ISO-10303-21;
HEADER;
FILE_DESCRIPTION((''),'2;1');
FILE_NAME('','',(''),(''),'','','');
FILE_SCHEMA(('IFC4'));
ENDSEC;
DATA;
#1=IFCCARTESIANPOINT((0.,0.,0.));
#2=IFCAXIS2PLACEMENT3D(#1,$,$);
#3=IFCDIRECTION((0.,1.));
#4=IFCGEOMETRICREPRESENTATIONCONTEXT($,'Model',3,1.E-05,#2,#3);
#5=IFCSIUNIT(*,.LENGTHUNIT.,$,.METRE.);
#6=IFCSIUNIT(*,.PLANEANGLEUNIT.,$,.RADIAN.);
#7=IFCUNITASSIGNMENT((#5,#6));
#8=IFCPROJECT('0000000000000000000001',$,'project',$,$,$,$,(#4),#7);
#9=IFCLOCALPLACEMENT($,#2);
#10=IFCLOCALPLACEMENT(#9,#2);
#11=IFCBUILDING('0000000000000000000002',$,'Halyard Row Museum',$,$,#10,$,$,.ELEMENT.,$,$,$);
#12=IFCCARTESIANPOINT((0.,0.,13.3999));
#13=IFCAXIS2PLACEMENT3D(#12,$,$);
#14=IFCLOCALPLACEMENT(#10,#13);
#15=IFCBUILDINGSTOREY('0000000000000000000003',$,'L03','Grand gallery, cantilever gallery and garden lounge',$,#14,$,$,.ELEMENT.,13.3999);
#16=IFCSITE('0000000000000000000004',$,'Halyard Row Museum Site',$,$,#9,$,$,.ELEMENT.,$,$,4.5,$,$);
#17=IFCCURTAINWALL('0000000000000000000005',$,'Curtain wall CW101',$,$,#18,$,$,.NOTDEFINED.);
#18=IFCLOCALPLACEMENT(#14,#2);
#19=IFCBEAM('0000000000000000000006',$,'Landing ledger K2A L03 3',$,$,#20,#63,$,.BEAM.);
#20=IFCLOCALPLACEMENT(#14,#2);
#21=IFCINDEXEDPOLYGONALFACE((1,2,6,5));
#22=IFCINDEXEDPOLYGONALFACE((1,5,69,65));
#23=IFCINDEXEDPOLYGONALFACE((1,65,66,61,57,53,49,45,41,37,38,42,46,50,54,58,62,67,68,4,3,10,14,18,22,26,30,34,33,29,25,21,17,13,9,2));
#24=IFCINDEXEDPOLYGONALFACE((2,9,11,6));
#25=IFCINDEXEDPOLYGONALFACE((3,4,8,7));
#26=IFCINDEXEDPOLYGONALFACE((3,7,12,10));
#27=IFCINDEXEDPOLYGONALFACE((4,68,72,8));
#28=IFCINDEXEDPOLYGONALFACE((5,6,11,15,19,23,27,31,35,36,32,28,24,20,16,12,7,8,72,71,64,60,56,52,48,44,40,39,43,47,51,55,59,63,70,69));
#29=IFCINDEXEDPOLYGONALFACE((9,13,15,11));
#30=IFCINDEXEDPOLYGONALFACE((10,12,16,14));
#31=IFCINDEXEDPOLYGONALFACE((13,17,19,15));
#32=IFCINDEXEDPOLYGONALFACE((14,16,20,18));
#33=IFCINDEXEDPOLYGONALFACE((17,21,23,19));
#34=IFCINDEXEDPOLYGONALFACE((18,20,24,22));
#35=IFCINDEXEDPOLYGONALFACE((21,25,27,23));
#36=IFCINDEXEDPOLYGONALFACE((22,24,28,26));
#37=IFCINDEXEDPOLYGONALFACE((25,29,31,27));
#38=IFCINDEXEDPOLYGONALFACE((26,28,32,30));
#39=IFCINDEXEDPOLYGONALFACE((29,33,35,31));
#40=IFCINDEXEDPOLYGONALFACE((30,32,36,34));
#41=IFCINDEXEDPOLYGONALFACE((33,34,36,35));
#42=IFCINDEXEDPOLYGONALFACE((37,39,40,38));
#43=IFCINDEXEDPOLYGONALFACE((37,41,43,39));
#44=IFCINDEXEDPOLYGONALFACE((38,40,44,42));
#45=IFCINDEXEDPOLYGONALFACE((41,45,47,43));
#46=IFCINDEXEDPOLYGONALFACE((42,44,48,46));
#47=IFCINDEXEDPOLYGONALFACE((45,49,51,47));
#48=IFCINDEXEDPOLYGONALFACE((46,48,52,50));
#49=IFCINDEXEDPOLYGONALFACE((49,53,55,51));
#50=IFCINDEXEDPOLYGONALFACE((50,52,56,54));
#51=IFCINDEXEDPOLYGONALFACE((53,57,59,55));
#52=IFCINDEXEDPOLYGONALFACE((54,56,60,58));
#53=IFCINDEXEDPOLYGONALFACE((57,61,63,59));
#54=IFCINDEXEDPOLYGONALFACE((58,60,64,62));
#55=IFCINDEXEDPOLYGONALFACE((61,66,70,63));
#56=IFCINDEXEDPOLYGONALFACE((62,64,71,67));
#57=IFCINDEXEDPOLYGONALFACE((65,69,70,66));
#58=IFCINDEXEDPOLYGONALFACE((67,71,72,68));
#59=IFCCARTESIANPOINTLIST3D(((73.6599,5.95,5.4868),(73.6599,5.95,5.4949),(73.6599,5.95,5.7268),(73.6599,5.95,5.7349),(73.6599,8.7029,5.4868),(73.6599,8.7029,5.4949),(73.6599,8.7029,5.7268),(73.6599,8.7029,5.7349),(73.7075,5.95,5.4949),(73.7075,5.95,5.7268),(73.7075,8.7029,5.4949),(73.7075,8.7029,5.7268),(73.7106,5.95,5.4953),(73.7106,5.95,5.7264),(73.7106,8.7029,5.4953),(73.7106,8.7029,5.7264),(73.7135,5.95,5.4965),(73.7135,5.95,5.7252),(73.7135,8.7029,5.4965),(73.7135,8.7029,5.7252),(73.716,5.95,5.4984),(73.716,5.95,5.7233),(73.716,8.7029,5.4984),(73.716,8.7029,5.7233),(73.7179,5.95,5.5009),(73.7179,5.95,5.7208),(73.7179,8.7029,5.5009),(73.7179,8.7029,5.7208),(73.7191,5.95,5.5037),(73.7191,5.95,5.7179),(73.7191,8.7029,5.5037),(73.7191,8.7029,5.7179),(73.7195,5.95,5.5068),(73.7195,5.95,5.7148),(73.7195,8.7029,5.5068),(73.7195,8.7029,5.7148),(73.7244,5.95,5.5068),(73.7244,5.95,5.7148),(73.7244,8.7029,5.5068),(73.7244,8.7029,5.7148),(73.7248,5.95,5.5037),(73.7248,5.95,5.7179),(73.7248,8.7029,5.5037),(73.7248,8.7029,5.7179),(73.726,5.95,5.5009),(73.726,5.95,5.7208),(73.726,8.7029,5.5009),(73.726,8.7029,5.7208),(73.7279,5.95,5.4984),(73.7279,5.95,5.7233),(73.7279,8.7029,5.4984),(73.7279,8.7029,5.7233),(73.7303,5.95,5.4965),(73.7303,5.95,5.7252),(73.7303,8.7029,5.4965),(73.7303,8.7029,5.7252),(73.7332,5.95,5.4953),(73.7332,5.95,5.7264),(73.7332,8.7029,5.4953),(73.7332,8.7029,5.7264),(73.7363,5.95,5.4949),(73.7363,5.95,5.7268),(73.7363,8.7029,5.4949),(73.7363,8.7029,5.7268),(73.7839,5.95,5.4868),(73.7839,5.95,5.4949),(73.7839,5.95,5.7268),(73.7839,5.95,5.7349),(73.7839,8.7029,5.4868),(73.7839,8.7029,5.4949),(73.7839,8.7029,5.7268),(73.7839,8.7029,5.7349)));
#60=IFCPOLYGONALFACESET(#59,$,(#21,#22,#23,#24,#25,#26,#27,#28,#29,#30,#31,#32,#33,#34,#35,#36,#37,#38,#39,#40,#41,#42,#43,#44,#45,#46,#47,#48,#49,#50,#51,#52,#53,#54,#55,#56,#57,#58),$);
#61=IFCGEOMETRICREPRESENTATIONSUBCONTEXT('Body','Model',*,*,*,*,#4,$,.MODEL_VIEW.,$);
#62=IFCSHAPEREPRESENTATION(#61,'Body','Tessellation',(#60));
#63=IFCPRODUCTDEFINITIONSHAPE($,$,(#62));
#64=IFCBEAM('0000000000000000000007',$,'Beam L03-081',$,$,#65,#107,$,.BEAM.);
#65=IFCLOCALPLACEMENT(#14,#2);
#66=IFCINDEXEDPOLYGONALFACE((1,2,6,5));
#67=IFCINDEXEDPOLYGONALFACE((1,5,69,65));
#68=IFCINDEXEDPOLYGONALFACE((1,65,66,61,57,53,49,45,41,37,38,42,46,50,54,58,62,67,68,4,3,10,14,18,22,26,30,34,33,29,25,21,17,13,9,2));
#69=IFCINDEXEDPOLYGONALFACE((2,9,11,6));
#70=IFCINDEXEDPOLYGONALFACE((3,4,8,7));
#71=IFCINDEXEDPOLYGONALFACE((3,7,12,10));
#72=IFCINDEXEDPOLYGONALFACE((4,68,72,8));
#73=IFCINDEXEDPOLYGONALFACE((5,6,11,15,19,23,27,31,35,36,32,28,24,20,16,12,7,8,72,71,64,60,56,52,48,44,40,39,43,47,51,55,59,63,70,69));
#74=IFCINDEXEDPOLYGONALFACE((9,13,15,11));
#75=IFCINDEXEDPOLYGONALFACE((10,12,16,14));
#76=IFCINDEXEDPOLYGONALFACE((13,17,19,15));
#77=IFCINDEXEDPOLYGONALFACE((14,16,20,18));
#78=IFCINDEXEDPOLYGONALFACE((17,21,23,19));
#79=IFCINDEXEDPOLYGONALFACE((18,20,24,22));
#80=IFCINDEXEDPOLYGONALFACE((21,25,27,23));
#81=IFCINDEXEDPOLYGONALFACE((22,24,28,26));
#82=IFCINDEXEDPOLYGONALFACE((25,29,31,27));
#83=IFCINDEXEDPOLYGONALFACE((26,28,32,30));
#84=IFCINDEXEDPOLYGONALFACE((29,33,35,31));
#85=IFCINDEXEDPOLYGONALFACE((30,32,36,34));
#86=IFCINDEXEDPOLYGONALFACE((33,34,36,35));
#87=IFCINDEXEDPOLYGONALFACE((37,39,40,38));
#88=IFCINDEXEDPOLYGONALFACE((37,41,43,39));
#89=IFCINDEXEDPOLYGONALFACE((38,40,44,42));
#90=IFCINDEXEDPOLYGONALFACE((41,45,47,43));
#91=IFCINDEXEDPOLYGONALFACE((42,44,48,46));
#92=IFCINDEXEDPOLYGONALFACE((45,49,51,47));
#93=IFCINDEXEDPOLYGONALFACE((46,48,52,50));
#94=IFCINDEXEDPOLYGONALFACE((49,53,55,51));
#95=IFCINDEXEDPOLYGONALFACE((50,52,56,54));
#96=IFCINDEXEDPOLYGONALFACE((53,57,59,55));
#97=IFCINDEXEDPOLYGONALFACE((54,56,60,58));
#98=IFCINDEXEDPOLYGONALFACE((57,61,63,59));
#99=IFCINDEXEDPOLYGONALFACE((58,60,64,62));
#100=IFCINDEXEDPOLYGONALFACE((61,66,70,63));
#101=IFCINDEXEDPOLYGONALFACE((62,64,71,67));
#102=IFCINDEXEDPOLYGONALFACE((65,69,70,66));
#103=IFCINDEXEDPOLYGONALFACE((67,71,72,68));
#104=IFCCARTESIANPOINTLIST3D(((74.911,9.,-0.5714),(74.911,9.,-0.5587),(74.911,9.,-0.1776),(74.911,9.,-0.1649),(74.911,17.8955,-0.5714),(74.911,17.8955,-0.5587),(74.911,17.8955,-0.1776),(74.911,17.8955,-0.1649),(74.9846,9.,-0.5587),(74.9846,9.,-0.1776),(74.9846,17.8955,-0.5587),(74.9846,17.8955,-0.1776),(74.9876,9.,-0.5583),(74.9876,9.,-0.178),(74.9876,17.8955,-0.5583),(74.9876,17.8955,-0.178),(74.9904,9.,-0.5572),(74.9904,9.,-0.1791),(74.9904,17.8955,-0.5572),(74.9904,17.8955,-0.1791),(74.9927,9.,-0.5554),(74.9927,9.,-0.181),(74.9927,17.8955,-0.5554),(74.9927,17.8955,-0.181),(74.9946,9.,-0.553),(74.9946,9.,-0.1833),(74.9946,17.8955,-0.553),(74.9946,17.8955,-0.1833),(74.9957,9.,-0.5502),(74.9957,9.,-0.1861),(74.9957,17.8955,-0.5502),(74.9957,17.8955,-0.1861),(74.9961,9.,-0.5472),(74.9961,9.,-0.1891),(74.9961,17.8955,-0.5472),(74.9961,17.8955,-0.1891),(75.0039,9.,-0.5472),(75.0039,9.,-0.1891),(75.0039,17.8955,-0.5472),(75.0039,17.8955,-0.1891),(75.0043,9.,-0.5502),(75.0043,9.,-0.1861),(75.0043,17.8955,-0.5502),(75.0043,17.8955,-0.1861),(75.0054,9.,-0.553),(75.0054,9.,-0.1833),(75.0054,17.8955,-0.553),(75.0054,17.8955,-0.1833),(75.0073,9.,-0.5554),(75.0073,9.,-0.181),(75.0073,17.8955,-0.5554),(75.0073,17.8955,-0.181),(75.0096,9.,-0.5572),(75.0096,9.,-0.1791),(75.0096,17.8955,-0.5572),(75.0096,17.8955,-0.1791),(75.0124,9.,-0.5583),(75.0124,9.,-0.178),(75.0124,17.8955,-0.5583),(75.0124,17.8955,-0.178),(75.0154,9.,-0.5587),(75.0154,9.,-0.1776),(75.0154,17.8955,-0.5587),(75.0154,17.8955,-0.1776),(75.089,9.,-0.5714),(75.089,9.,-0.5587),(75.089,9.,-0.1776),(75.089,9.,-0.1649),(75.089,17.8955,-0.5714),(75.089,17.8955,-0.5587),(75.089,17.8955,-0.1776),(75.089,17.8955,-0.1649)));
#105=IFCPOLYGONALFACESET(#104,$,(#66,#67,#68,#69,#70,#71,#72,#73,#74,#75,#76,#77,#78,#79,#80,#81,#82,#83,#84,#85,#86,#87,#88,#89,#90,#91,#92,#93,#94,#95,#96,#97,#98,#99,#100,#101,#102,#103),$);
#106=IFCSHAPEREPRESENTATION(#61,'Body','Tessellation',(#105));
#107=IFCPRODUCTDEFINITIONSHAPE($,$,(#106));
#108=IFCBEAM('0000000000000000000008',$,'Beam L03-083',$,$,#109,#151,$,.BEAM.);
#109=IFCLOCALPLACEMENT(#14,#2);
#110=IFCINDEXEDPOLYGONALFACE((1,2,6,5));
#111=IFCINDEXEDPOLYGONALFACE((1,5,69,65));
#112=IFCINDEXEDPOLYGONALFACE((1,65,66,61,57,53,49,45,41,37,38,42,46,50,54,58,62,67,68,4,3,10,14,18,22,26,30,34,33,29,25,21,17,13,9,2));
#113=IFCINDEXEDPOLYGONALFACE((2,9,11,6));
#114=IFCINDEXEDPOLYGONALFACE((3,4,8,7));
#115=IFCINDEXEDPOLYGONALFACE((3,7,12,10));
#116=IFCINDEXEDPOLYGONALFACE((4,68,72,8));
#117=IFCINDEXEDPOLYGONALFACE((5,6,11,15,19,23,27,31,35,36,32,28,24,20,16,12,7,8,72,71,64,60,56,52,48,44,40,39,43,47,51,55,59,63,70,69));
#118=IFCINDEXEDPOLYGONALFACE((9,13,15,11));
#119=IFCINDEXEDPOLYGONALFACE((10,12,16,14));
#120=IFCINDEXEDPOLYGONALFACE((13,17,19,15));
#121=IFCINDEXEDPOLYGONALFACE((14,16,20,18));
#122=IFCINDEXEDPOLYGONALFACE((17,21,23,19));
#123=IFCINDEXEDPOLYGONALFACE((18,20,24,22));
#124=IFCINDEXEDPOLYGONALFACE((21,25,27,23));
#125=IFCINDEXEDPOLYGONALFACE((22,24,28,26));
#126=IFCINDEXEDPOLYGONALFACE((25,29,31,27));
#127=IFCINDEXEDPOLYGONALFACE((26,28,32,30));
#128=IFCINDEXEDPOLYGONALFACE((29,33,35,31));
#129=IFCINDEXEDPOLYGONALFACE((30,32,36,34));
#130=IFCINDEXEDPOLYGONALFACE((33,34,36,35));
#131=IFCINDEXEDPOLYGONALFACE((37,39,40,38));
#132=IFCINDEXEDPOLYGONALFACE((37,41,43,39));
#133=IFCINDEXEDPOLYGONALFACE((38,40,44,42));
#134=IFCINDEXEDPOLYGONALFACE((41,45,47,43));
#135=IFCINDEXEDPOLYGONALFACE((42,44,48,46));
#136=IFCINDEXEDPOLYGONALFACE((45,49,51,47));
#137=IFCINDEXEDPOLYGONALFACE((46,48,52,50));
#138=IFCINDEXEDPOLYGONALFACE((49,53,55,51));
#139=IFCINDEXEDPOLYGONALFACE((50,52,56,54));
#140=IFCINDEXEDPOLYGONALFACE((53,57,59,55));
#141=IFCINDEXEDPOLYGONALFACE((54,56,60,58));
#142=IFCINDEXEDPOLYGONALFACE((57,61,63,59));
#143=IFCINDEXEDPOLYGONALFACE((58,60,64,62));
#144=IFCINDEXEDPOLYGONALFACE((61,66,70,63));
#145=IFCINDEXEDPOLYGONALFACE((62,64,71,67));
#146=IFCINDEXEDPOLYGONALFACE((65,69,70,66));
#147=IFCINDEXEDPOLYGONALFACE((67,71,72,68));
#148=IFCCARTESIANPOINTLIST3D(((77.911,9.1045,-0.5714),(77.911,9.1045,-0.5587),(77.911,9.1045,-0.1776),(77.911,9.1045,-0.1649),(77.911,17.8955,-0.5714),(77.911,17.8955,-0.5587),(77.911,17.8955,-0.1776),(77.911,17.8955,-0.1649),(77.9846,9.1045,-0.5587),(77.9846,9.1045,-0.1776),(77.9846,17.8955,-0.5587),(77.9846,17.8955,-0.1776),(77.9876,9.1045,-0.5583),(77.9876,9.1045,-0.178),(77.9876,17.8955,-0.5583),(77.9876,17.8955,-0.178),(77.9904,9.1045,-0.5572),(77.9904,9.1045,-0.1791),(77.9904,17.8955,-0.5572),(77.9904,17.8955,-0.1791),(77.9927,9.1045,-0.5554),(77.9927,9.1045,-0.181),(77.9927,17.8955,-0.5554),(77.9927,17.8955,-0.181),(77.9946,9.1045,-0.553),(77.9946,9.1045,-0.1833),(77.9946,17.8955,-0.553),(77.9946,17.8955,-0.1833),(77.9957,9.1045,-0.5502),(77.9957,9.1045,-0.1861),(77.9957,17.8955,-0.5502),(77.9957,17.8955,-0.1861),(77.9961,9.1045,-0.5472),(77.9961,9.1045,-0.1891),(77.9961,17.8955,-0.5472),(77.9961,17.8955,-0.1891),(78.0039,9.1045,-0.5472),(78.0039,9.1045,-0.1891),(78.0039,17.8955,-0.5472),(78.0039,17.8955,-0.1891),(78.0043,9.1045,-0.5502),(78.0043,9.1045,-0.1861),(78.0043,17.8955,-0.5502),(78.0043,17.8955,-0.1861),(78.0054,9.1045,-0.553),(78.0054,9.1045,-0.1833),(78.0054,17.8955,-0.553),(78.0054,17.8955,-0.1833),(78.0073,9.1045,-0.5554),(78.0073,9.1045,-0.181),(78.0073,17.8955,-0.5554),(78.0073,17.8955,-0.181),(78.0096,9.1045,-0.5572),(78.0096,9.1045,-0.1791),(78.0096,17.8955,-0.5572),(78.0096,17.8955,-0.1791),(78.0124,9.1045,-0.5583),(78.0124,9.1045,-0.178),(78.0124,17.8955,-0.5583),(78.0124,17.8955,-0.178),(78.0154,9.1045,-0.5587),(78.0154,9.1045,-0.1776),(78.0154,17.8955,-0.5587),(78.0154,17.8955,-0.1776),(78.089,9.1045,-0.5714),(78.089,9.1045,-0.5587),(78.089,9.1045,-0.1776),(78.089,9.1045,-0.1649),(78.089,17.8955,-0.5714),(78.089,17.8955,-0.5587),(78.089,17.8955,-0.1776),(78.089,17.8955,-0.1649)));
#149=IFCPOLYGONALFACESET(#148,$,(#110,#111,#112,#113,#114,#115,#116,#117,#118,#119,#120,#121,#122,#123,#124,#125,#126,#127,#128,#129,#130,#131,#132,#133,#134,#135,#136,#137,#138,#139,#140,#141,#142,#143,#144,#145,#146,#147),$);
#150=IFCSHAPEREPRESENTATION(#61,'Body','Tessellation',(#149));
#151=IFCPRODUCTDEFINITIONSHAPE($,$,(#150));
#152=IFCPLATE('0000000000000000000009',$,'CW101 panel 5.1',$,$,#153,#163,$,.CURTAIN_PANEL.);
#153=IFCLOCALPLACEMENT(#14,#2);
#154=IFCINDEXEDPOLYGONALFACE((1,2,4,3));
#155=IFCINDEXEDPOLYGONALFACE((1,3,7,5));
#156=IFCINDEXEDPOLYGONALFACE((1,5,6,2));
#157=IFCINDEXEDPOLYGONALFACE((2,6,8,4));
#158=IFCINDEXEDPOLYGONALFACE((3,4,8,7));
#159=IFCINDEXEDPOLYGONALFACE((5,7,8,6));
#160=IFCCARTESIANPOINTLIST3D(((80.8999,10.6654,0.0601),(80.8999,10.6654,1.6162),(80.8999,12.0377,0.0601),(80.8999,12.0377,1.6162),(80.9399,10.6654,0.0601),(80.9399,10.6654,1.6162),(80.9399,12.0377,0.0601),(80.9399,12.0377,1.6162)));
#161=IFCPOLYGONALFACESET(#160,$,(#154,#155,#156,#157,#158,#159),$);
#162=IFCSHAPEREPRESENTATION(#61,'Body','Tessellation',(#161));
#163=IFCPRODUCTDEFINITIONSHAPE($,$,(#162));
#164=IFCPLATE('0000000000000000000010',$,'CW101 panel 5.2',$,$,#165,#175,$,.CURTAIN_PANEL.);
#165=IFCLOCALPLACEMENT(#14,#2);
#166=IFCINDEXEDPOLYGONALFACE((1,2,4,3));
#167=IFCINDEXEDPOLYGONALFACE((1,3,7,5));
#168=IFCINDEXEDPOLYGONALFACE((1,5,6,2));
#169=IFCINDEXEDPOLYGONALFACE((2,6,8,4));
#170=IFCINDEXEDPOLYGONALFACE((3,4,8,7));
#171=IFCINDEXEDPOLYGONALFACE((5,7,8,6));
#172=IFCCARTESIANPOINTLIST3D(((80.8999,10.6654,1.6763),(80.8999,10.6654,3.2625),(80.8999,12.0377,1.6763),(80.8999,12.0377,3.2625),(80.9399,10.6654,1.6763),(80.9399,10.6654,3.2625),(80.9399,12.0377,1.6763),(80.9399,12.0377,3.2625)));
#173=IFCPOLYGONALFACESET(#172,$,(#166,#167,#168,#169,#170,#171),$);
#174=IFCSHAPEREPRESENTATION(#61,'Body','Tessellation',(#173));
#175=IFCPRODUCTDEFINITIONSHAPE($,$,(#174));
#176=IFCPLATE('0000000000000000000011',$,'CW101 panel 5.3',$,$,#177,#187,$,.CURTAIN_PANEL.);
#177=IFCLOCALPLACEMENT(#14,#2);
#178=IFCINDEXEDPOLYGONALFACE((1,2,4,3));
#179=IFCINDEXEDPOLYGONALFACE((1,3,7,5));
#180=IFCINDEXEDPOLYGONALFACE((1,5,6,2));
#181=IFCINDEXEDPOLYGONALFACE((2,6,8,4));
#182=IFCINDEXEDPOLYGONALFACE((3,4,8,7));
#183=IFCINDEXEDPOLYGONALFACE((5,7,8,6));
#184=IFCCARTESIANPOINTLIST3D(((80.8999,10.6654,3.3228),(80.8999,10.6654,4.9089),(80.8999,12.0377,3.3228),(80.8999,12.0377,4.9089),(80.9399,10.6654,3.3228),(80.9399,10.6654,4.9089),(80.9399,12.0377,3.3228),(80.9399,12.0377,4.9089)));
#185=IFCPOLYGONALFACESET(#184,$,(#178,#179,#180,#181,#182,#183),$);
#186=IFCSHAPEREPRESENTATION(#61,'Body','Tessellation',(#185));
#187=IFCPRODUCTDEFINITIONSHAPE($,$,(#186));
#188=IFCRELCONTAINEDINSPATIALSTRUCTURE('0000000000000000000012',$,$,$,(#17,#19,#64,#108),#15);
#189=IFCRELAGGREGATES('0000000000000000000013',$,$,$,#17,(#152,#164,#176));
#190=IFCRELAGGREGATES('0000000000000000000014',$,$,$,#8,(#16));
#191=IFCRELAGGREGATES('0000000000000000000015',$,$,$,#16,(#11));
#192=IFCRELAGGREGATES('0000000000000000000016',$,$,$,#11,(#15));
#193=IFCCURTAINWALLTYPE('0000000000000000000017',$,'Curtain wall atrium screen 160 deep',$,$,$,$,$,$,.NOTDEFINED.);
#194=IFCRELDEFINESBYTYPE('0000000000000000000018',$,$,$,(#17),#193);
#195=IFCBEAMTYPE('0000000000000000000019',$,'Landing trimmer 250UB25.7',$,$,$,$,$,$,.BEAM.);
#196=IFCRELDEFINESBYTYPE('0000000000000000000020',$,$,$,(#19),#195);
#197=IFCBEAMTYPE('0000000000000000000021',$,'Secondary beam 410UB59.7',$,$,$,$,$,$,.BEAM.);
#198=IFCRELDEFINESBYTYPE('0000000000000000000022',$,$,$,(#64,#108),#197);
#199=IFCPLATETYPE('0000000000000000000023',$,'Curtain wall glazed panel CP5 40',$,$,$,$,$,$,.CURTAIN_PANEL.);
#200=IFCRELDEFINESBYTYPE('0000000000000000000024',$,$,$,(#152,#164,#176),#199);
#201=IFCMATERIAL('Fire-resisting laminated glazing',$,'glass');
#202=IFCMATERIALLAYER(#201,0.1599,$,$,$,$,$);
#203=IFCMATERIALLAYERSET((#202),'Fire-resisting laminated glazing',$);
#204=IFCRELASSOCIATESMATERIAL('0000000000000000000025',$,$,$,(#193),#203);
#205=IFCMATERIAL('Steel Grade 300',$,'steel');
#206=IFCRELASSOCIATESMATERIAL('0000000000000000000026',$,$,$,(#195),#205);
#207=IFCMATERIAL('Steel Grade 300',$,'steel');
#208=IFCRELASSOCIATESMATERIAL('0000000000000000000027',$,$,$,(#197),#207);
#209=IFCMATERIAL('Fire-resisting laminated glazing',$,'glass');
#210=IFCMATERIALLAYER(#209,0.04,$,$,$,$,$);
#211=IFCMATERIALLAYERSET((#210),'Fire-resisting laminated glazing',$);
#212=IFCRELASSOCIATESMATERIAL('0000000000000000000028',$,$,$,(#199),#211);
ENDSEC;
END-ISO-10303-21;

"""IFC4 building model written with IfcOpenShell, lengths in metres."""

from ifc_helpers import new_model, si_unit, direction, frame, origin, origin_2d, place, context, subcontext, project, spatial, rectangle, i_section, extrude, material, layer, layer_set, material_profile, profile_set, type_object, element, aggregate, save


model = new_model("IFC4")

# Units and contexts
model_context = context("Model", 3, precision=1e-05, world=origin(), true_north=direction((0.0, 1.0)))
body_context = subcontext(model_context, "Body", "Model", "MODEL_VIEW")
ifc_project = project(units=[si_unit("LENGTHUNIT", "METRE"), si_unit("PLANEANGLEUNIT", "RADIAN")], contexts=[model_context])

# Site, building, storey
site_placement = place(None, origin())
site = spatial("IfcSite", under=ifc_project, at=site_placement, Name="Halyard Row Museum Site", CompositionType="ELEMENT", RefElevation=4.5)
building_placement = place(site_placement, origin())
building = spatial("IfcBuilding", under=site, at=building_placement, Name="Halyard Row Museum", CompositionType="ELEMENT")
storey_placement = place(building_placement, frame((0.0, 0.0, 13.3999)))
storey = spatial("IfcBuildingStorey", under=building, at=storey_placement, Name="L03", Description="Grand gallery, cantilever gallery and garden lounge", CompositionType="ELEMENT", Elevation=13.3999)

# Curtain wall
ifc_material_1 = material(Name="Fire-resisting laminated glazing", Category="glass")
ifc_layer_1 = layer(ifc_material_1, 0.1599)
ifc_layer_set_1 = layer_set([ifc_layer_1], Name="Fire-resisting laminated glazing")
curtain_wall_type = type_object("IfcCurtainWallType", Name="Curtain wall atrium screen 160 deep", PredefinedType="NOTDEFINED", material=ifc_layer_set_1)
curtain_wall_placement = place(storey_placement, origin())
curtain_wall = element("IfcCurtainWall", 1, at=curtain_wall_placement, inside=storey, type_object=curtain_wall_type, Name="Curtain wall CW101", PredefinedType="NOTDEFINED")

# Beams
ifc_material_2 = material(Name="Steel Grade 300", Category="steel")
ifc_material_profile_1 = material_profile(ifc_material_2, i_section(OverallWidth=0.124, OverallDepth=0.248, WebThickness=0.0049, FlangeThickness=0.0081, FilletRadius=0.012, at=origin_2d()), Name="250UB25.7")
ifc_profile_set_1 = profile_set([ifc_material_profile_1], Name="Steel Grade 300")
beam_type_1 = type_object("IfcBeamType", Name="Landing trimmer 250UB25.7", PredefinedType="BEAM", material=ifc_profile_set_1)
beam_1_placement = place(storey_placement, frame((73.7219, 8.7029, 5.6108), z_axis=(0.0, -1.0, 0.0), x_axis=(1.0, 0.0, 0.0)))
element("IfcBeam", 2, at=beam_1_placement, inside=storey, type_object=beam_type_1, Name="Landing ledger K2A L03 3", PredefinedType="BEAM", context=body_context, shape_type="SweptSolid", body=[
    extrude(i_section(OverallWidth=0.124, OverallDepth=0.248, WebThickness=0.0049, FlangeThickness=0.0081, FilletRadius=0.012, at=origin_2d()), origin(), (0.0, 0.0, 1.0), 2.7529),
])
ifc_material_3 = material(Name="Steel Grade 300", Category="steel")
ifc_material_profile_2 = material_profile(ifc_material_3, i_section(OverallWidth=0.178, OverallDepth=0.4065, WebThickness=0.0078, FlangeThickness=0.0127, FilletRadius=0.0115, at=origin_2d()), Name="410UB59.7")
ifc_profile_set_2 = profile_set([ifc_material_profile_2], Name="Steel Grade 300")
beam_type_2 = type_object("IfcBeamType", Name="Secondary beam 410UB59.7", PredefinedType="BEAM", material=ifc_profile_set_2)
beam_2_placement = place(storey_placement, frame((75.0, 9.0, -0.3682), z_axis=(0.0, 1.0, 0.0), x_axis=(-1.0, 0.0, 0.0)))
element("IfcBeam", 3, at=beam_2_placement, inside=storey, type_object=beam_type_2, Name="Beam L03-081", PredefinedType="BEAM", context=body_context, shape_type="SweptSolid", body=[
    extrude(i_section(OverallWidth=0.178, OverallDepth=0.4065, WebThickness=0.0078, FlangeThickness=0.0127, FilletRadius=0.0115, at=origin_2d()), origin(), (0.0, 0.0, 1.0), 8.8955),
])
beam_3_placement = place(storey_placement, frame((78.0, 9.1045, -0.3682), z_axis=(0.0, 1.0, 0.0), x_axis=(-1.0, 0.0, 0.0)))
element("IfcBeam", 4, at=beam_3_placement, inside=storey, type_object=beam_type_2, Name="Beam L03-083", PredefinedType="BEAM", context=body_context, shape_type="SweptSolid", body=[
    extrude(i_section(OverallWidth=0.178, OverallDepth=0.4065, WebThickness=0.0078, FlangeThickness=0.0127, FilletRadius=0.0115, at=origin_2d()), origin(), (0.0, 0.0, 1.0), 8.791),
])

# Plates
ifc_material_4 = material(Name="Fire-resisting laminated glazing", Category="glass")
ifc_layer_2 = layer(ifc_material_4, 0.04)
ifc_layer_set_2 = layer_set([ifc_layer_2], Name="Fire-resisting laminated glazing")
plate_type = type_object("IfcPlateType", Name="Curtain wall glazed panel CP5 40", PredefinedType="CURTAIN_PANEL", material=ifc_layer_set_2)
plate_1_placement = place(storey_placement, frame((80.9199, 11.3516, 0.0601), z_axis=(0.0, 0.0, 1.0), x_axis=(0.0, -1.0, 0.0)))
plate_1 = element("IfcPlate", 5, at=plate_1_placement, type_object=plate_type, Name="CW101 panel 5.1", PredefinedType="CURTAIN_PANEL", context=body_context, shape_type="SweptSolid", body=[
    extrude(rectangle(XDim=1.3723, YDim=0.04, at=origin_2d()), origin(), (0.0, 0.0, 1.0), 1.5562),
])
plate_2_placement = place(storey_placement, frame((80.9199, 11.3516, 1.6763), z_axis=(0.0, 0.0, 1.0), x_axis=(0.0, -1.0, 0.0)))
plate_2 = element("IfcPlate", 6, at=plate_2_placement, type_object=plate_type, Name="CW101 panel 5.2", PredefinedType="CURTAIN_PANEL", context=body_context, shape_type="SweptSolid", body=[
    extrude(rectangle(XDim=1.3723, YDim=0.04, at=origin_2d()), origin(), (0.0, 0.0, 1.0), 1.5862),
])
plate_3_placement = place(storey_placement, frame((80.9199, 11.3516, 3.3228), z_axis=(0.0, 0.0, 1.0), x_axis=(0.0, -1.0, 0.0)))
plate_3 = element("IfcPlate", 7, at=plate_3_placement, type_object=plate_type, Name="CW101 panel 5.3", PredefinedType="CURTAIN_PANEL", context=body_context, shape_type="SweptSolid", body=[
    extrude(rectangle(XDim=1.3723, YDim=0.04, at=origin_2d()), origin(), (0.0, 0.0, 1.0), 1.5862),
])
aggregate(curtain_wall, [plate_1, plate_2, plate_3])

save(model, "model.ifc")
